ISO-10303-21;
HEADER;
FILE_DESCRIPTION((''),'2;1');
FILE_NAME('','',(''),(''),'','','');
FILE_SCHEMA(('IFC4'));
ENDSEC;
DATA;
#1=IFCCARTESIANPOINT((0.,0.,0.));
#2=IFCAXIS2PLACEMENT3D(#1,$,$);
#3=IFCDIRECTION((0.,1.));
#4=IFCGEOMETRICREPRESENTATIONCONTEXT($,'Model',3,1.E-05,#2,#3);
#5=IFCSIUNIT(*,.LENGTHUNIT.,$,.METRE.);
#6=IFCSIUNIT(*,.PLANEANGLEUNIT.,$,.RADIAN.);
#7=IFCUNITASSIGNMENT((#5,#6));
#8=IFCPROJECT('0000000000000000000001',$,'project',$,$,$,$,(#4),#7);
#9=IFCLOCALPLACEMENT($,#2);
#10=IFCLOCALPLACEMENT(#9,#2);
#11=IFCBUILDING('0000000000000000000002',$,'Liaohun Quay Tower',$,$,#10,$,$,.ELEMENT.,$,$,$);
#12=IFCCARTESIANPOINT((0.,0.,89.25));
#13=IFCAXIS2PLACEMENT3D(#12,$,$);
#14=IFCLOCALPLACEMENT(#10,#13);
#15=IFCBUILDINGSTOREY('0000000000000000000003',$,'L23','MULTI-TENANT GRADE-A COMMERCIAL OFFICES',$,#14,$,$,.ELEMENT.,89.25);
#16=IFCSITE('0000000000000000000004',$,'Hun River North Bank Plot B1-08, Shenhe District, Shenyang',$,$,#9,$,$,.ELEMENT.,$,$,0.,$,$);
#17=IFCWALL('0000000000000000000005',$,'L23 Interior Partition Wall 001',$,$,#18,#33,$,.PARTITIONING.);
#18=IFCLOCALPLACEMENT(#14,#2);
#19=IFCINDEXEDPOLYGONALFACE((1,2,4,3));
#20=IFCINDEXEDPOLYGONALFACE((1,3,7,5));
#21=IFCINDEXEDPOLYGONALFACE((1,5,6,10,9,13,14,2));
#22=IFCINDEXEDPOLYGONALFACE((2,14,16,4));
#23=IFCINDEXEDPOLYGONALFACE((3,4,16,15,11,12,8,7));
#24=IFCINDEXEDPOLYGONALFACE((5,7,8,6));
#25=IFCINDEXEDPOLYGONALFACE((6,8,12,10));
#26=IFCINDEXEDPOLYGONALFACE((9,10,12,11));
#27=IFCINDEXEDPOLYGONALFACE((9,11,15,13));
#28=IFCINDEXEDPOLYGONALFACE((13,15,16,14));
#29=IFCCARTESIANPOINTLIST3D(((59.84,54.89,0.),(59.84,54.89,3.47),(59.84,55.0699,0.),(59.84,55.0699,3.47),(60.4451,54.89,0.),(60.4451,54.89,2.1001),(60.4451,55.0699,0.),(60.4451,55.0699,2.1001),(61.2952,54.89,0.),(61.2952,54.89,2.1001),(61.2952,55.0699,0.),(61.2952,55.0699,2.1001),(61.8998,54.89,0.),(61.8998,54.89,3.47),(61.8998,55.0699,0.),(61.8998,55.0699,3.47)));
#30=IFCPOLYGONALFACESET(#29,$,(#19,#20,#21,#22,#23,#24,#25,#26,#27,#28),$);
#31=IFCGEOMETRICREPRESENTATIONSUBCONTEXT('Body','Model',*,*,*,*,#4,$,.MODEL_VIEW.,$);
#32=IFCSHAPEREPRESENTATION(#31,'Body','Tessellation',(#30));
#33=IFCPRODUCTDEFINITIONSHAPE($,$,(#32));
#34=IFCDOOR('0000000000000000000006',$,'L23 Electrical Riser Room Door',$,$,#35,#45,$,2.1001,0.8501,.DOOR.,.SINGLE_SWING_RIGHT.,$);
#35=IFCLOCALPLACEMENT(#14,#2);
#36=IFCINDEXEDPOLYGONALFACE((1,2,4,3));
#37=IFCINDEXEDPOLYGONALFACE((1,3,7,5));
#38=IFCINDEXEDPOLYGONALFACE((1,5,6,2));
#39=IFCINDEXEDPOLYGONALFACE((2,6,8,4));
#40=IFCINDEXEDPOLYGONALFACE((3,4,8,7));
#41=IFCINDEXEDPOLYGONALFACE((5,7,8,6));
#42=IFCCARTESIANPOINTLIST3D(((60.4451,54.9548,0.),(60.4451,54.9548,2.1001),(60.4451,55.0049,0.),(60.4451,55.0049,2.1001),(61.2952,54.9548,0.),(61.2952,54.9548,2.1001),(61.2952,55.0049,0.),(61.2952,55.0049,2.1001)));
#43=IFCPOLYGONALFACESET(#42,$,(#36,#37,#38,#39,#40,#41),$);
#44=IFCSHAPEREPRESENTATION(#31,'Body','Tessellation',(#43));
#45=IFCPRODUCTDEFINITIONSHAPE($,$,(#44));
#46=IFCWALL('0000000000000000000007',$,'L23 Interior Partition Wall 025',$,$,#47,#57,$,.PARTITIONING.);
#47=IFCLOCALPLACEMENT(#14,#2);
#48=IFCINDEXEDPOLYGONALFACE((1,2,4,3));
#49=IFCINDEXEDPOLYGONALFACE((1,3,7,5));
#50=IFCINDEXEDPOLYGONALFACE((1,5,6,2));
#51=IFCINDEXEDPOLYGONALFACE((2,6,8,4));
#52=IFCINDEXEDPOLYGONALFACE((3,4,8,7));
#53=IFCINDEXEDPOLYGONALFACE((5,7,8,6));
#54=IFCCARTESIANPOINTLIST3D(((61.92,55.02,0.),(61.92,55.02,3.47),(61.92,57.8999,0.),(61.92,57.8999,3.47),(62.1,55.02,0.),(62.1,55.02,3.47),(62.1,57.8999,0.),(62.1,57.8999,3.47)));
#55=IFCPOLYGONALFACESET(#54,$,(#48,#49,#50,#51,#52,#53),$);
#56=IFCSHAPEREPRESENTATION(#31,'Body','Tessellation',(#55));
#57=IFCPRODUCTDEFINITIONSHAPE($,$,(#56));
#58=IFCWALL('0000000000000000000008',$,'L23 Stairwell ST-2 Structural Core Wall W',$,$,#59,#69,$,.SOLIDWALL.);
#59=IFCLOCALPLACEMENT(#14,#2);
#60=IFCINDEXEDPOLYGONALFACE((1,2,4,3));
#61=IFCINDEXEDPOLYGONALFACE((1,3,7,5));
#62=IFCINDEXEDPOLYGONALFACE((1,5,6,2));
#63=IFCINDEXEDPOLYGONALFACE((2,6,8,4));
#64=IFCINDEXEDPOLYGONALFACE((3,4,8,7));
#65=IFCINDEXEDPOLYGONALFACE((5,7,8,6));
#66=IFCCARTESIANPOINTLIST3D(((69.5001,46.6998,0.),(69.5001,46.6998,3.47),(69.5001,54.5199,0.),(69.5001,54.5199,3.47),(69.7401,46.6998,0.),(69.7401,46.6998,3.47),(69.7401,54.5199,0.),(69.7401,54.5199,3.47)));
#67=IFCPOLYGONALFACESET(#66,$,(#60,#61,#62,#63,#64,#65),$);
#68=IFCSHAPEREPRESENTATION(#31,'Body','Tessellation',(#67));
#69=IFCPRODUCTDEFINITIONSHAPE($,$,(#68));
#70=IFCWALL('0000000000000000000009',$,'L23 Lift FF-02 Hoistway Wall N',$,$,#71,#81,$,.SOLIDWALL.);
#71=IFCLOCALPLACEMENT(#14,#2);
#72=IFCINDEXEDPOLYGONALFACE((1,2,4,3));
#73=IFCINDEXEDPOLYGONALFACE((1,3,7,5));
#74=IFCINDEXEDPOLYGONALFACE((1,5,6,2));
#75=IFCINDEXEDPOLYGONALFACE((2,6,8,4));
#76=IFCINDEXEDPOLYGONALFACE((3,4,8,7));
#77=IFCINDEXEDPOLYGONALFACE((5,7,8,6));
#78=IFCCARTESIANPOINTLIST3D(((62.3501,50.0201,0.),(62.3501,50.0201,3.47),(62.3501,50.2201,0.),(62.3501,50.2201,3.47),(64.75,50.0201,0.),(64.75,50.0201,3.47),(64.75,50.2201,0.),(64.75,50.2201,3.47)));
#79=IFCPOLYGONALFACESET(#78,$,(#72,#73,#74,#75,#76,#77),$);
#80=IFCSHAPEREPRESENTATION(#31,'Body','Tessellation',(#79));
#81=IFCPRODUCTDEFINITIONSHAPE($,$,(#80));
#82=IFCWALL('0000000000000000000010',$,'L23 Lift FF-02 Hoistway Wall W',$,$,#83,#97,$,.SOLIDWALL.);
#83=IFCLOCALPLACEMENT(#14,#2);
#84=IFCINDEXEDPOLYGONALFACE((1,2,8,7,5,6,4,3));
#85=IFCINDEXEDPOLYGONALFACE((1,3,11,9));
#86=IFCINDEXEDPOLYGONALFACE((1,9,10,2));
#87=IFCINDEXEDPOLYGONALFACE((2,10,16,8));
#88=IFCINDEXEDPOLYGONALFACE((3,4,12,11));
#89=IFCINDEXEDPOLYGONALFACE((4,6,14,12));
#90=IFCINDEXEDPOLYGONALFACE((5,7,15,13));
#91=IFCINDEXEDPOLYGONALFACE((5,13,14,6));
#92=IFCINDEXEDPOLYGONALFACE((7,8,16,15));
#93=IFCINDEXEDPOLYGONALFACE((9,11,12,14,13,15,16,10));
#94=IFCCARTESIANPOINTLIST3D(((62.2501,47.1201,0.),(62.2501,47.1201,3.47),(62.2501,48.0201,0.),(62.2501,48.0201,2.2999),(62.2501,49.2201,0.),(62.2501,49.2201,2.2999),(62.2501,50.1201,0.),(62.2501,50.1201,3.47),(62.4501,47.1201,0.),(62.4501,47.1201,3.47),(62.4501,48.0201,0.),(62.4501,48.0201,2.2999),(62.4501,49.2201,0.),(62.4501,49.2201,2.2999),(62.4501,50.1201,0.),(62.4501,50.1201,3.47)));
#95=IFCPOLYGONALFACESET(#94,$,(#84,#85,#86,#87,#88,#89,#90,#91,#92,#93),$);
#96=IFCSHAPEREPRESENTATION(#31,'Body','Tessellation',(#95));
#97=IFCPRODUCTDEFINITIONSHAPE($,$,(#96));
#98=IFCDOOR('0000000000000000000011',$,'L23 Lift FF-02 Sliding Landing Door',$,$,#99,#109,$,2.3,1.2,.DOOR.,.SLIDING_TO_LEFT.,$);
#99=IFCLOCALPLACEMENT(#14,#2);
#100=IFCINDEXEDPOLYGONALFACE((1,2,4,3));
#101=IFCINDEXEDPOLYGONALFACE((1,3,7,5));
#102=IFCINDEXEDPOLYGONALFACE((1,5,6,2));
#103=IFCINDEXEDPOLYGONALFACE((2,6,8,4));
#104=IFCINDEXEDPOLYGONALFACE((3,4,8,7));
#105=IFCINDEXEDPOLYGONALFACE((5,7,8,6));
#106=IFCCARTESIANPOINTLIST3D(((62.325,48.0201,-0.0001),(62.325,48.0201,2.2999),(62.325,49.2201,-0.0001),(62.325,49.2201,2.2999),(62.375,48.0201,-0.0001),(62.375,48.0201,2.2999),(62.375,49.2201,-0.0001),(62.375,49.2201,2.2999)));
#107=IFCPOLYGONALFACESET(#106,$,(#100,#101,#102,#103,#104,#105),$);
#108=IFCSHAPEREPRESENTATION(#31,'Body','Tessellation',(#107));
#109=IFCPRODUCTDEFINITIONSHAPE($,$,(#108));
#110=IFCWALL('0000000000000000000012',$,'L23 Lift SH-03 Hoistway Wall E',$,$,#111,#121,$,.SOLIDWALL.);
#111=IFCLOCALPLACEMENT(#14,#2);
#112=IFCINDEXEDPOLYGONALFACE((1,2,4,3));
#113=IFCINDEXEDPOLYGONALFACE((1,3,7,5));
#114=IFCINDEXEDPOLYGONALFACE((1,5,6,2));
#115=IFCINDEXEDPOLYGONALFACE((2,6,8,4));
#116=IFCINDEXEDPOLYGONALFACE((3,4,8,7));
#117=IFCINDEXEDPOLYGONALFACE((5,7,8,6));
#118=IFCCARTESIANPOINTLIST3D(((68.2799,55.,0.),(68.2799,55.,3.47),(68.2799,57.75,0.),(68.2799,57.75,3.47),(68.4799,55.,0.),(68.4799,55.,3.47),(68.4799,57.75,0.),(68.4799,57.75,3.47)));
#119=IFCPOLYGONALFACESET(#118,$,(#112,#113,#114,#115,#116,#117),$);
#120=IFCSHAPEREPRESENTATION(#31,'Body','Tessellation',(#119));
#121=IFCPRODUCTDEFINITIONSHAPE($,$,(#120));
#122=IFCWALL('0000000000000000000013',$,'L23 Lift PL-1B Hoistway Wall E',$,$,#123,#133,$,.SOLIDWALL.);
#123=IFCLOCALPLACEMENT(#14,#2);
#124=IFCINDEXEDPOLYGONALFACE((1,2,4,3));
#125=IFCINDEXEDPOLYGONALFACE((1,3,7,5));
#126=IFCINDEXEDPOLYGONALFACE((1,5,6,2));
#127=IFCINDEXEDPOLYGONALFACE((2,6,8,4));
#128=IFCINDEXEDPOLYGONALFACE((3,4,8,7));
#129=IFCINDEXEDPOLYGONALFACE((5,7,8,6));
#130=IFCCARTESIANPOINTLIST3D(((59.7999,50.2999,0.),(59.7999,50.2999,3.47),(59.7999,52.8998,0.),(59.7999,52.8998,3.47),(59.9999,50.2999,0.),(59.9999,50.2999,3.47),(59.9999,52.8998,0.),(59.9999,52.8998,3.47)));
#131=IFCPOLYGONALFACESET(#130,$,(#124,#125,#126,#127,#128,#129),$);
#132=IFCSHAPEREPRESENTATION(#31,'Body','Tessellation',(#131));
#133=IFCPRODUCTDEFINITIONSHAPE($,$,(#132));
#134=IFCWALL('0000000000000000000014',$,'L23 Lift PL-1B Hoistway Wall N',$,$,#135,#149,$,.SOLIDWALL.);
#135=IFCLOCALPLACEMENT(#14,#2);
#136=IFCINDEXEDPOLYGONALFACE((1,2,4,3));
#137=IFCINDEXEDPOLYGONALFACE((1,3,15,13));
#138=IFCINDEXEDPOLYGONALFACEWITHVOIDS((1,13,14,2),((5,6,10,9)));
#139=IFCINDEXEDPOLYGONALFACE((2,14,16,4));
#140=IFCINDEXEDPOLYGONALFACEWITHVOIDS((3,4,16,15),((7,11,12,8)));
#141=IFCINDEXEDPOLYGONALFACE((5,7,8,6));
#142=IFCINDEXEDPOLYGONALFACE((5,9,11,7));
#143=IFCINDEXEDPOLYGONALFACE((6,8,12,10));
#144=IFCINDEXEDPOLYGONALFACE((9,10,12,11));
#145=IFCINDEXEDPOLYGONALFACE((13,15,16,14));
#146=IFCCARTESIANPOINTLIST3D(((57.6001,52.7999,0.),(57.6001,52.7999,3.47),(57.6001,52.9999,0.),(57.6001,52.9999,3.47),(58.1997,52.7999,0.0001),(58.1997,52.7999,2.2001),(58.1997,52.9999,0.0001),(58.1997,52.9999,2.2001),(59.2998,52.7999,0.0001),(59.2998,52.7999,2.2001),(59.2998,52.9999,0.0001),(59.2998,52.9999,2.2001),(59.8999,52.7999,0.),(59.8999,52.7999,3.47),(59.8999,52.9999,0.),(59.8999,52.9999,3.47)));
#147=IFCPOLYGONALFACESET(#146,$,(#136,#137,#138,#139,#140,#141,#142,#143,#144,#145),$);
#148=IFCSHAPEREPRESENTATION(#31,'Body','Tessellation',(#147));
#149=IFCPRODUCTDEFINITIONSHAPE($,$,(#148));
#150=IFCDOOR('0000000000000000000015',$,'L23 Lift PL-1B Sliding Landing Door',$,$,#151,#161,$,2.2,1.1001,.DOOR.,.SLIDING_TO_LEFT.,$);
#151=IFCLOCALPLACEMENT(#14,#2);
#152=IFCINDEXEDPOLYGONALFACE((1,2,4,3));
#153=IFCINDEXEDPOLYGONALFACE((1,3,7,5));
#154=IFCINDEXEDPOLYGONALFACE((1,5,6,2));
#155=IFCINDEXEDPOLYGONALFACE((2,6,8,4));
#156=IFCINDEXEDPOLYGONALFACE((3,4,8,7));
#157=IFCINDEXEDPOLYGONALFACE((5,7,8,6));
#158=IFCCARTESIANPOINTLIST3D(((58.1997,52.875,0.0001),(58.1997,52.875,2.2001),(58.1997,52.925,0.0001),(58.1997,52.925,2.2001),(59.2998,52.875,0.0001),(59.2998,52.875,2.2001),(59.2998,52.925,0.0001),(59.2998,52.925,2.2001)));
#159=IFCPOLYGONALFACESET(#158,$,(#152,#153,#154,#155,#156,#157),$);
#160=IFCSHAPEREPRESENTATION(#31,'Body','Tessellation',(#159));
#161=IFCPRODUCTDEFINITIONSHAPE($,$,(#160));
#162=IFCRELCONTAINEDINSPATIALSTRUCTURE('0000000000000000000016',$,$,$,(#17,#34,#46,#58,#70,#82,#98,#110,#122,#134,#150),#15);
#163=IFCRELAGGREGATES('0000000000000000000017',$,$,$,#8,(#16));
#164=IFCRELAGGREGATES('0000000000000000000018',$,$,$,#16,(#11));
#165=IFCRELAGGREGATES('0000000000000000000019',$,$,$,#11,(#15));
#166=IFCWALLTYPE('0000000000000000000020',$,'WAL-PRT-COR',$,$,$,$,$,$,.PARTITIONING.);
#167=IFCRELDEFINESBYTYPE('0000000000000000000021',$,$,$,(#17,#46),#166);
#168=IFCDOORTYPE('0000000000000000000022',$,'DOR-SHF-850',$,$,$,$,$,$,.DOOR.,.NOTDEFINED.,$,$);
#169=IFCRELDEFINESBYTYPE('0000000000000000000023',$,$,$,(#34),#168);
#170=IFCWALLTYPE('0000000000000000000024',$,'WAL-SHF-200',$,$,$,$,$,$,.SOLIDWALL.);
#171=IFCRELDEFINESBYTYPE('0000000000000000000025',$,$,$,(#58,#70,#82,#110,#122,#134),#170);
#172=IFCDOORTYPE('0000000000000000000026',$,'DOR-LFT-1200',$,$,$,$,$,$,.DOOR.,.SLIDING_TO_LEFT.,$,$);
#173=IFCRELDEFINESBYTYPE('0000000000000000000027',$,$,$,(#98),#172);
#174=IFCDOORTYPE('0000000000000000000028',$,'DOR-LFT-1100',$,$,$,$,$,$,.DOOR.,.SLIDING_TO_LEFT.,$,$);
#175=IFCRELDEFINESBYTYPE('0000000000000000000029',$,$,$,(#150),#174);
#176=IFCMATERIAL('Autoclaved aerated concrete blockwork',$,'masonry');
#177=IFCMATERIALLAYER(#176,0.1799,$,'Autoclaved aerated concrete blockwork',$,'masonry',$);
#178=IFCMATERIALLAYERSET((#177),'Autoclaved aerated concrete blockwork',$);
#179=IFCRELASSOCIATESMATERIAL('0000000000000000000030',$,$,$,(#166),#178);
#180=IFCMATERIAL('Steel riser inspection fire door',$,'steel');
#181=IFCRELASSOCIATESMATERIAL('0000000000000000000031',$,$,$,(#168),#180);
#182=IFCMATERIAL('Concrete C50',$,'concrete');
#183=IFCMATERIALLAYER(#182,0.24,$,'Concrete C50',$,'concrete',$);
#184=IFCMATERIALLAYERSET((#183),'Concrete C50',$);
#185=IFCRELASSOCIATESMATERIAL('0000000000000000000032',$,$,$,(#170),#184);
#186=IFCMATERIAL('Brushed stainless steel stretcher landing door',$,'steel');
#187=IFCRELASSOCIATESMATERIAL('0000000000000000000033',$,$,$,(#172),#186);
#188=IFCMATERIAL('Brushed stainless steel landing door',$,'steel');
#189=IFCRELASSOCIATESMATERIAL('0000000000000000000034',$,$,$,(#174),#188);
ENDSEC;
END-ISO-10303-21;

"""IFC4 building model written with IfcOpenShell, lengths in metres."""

from ifc_helpers import new_model, si_unit, direction, frame, frame_2d, origin, place, context, subcontext, project, spatial, rectangle, extrude, source, transform, mapped, material, layer, layer_set, type_object, element, fill, save


model = new_model("IFC4")

# Units and contexts
model_context = context("Model", 3, precision=1e-05, world=origin(), true_north=direction((0.0, 1.0)))
body_context = subcontext(model_context, "Body", "Model", "MODEL_VIEW")
ifc_project = project(units=[si_unit("LENGTHUNIT", "METRE"), si_unit("PLANEANGLEUNIT", "RADIAN")], contexts=[model_context])

# Site, building, storey
site_placement = place(None, origin())
site = spatial("IfcSite", under=ifc_project, at=site_placement, Name="Hun River North Bank Plot B1-08, Shenhe District, Shenyang", CompositionType="ELEMENT", RefElevation=0.0)
building_placement = place(site_placement, origin())
building = spatial("IfcBuilding", under=site, at=building_placement, Name="Liaohun Quay Tower", CompositionType="ELEMENT")
storey_placement = place(building_placement, frame((0.0, 0.0, 89.25)))
storey = spatial("IfcBuildingStorey", under=building, at=storey_placement, Name="L23", Description="MULTI-TENANT GRADE-A COMMERCIAL OFFICES", CompositionType="ELEMENT", Elevation=89.25)

# Wall, opening, door
ifc_material_1 = material(Name="Autoclaved aerated concrete blockwork", Category="masonry")
ifc_layer_1 = layer(ifc_material_1, 0.1799, Name="Autoclaved aerated concrete blockwork", Category="masonry")
ifc_layer_set_1 = layer_set([ifc_layer_1], Name="Autoclaved aerated concrete blockwork")
wall_type_1 = type_object("IfcWallType", Name="WAL-PRT-COR", PredefinedType="PARTITIONING", material=ifc_layer_set_1)
wall_1_placement = place(storey_placement, frame((59.8401, 54.98, 0.0), z_axis=(0.0, 0.0, 1.0), x_axis=(1.0, 0.0, 0.0)))
wall_1 = element("IfcWall", 1, at=wall_1_placement, inside=storey, type_object=wall_type_1, Name="L23 Interior Partition Wall 001", PredefinedType="PARTITIONING", context=body_context, shape_type="SweptSolid", body=[
    extrude(rectangle(XDim=2.0598, YDim=0.1799, at=frame_2d((1.0298, 0.0))), origin(), (0.0, 0.0, 1.0), 3.47),
])
shared_shape_1 = source(origin(), body_context, "Body", "SweptSolid", [
    extrude(rectangle(XDim=0.8501, YDim=2.1001, at=frame_2d((0.425, 1.05))), frame((0.0, 0.0999, 0.0), z_axis=(0.0, -1.0, 0.0), x_axis=(1.0, 0.0, 0.0)), (0.0, 0.0, 1.0), 0.2),
])
opening_1_placement = place(wall_1_placement, frame((0.605, 0.0, 0.0)))
opening_1 = element("IfcOpeningElement", 2, at=opening_1_placement, cuts=wall_1, PredefinedType="OPENING", context=body_context, shape_type="MappedRepresentation", body=[
    mapped(shared_shape_1, transform((0.0, 0.0, 0.0), x_axis=(1.0, 0.0, 0.0), y_axis=(0.0, 1.0, 0.0), z_axis=(0.0, 0.0, 1.0), scale=1.0)),
])
ifc_material_2 = material(Name="Steel riser inspection fire door", Category="steel")
door_type_1 = type_object("IfcDoorType", Name="DOR-SHF-850", OperationType="NOTDEFINED", PredefinedType="DOOR", material=ifc_material_2)
shared_shape_2 = source(origin(), body_context, "Body", "SweptSolid", [
    extrude(rectangle(XDim=0.8501, YDim=2.1001, at=frame_2d((0.425, 1.05))), frame((0.0, 0.0249, 0.0), z_axis=(0.0, -1.0, 0.0), x_axis=(1.0, 0.0, 0.0)), (0.0, 0.0, 1.0), 0.05),
])
door_1_placement = place(opening_1_placement, origin())
door_1 = element("IfcDoor", 3, at=door_1_placement, inside=storey, type_object=door_type_1, Name="L23 Electrical Riser Room Door", OperationType="SINGLE_SWING_RIGHT", OverallHeight=2.1001, OverallWidth=0.8501, PredefinedType="DOOR", context=body_context, shape_type="MappedRepresentation", body=[
    mapped(shared_shape_2, transform((0.0, 0.0, 0.0), x_axis=(1.0, 0.0, 0.0), y_axis=(0.0, 1.0, 0.0), z_axis=(0.0, 0.0, 1.0), scale=1.0)),
])
fill(opening_1, door_1)

# Walls
wall_2_placement = place(storey_placement, frame((62.01, 55.02, 0.0), z_axis=(0.0, 0.0, 1.0), x_axis=(0.0, 1.0, 0.0)))
element("IfcWall", 4, at=wall_2_placement, inside=storey, type_object=wall_type_1, Name="L23 Interior Partition Wall 025", PredefinedType="PARTITIONING", context=body_context, shape_type="SweptSolid", body=[
    extrude(rectangle(XDim=2.8799, YDim=0.1799, at=frame_2d((1.4399, 0.0))), origin(), (0.0, 0.0, 1.0), 3.47),
])
ifc_material_3 = material(Name="Concrete C50", Category="concrete")
ifc_layer_2 = layer(ifc_material_3, 0.24, Name="Concrete C50", Category="concrete")
ifc_layer_set_2 = layer_set([ifc_layer_2], Name="Concrete C50")
wall_type_2 = type_object("IfcWallType", Name="WAL-SHF-200", PredefinedType="SOLIDWALL", material=ifc_layer_set_2)
wall_3_placement = place(storey_placement, frame((69.6201, 54.52, 0.0), z_axis=(0.0, 0.0, 1.0), x_axis=(0.0, -1.0, 0.0)))
element("IfcWall", 5, at=wall_3_placement, inside=storey, type_object=wall_type_2, Name="L23 Stairwell ST-2 Structural Core Wall W", PredefinedType="SOLIDWALL", context=body_context, shape_type="SweptSolid", body=[
    extrude(rectangle(XDim=7.8201, YDim=0.24, at=frame_2d((3.9102, 0.0))), origin(), (0.0, 0.0, 1.0), 3.47),
])
wall_4_placement = place(storey_placement, frame((64.75, 50.1201, 0.0), z_axis=(0.0, 0.0, 1.0), x_axis=(-1.0, 0.0, 0.0)))
element("IfcWall", 6, at=wall_4_placement, inside=storey, type_object=wall_type_2, Name="L23 Lift FF-02 Hoistway Wall N", PredefinedType="SOLIDWALL", context=body_context, shape_type="SweptSolid", body=[
    extrude(rectangle(XDim=2.3999, YDim=0.2, at=frame_2d((1.2, 0.0))), origin(), (0.0, 0.0, 1.0), 3.47),
])

# Wall, opening, door
wall_5_placement = place(storey_placement, frame((62.3501, 50.1201, 0.0), z_axis=(0.0, 0.0, 1.0), x_axis=(0.0, -1.0, 0.0)))
wall_5 = element("IfcWall", 7, at=wall_5_placement, inside=storey, type_object=wall_type_2, Name="L23 Lift FF-02 Hoistway Wall W", PredefinedType="SOLIDWALL", context=body_context, shape_type="SweptSolid", body=[
    extrude(rectangle(XDim=3.0, YDim=0.2, at=frame_2d((1.5, 0.0))), origin(), (0.0, 0.0, 1.0), 3.47),
])
shared_shape_3 = source(origin(), body_context, "Body", "SweptSolid", [
    extrude(rectangle(XDim=1.2, YDim=2.3, at=frame_2d((0.6001, 1.1499))), frame((0.0, 0.1099, 0.0), z_axis=(0.0, -1.0, 0.0), x_axis=(1.0, 0.0, 0.0)), (0.0, 0.0, 1.0), 0.22),
])
opening_2_placement = place(wall_5_placement, frame((0.8999, 0.0, 0.0)))
opening_2 = element("IfcOpeningElement", 8, at=opening_2_placement, cuts=wall_5, PredefinedType="OPENING", context=body_context, shape_type="MappedRepresentation", body=[
    mapped(shared_shape_3, transform((0.0, 0.0, 0.0), x_axis=(1.0, 0.0, 0.0), y_axis=(0.0, 1.0, 0.0), z_axis=(0.0, 0.0, 1.0), scale=1.0)),
])
ifc_material_4 = material(Name="Brushed stainless steel stretcher landing door", Category="steel")
door_type_2 = type_object("IfcDoorType", Name="DOR-LFT-1200", OperationType="SLIDING_TO_LEFT", PredefinedType="DOOR", material=ifc_material_4)
shared_shape_4 = source(origin(), body_context, "Body", "SweptSolid", [
    extrude(rectangle(XDim=1.2, YDim=2.3, at=frame_2d((0.6001, 1.1499))), frame((0.0, 0.0249, 0.0), z_axis=(0.0, -1.0, 0.0), x_axis=(1.0, 0.0, 0.0)), (0.0, 0.0, 1.0), 0.05),
])
door_2_placement = place(opening_2_placement, origin())
door_2 = element("IfcDoor", 9, at=door_2_placement, inside=storey, type_object=door_type_2, Name="L23 Lift FF-02 Sliding Landing Door", OperationType="SLIDING_TO_LEFT", OverallHeight=2.3, OverallWidth=1.2, PredefinedType="DOOR", context=body_context, shape_type="MappedRepresentation", body=[
    mapped(shared_shape_4, transform((0.0, 0.0, 0.0), x_axis=(1.0, 0.0, 0.0), y_axis=(0.0, 1.0, 0.0), z_axis=(0.0, 0.0, 1.0), scale=1.0)),
])
fill(opening_2, door_2)

# Walls
wall_6_placement = place(storey_placement, frame((68.3799, 55.0, 0.0), z_axis=(0.0, 0.0, 1.0), x_axis=(0.0, 1.0, 0.0)))
element("IfcWall", 10, at=wall_6_placement, inside=storey, type_object=wall_type_2, Name="L23 Lift SH-03 Hoistway Wall E", PredefinedType="SOLIDWALL", context=body_context, shape_type="SweptSolid", body=[
    extrude(rectangle(XDim=2.75, YDim=0.2, at=frame_2d((1.375, 0.0))), origin(), (0.0, 0.0, 1.0), 3.47),
])
wall_7_placement = place(storey_placement, frame((59.8999, 50.3, 0.0), z_axis=(0.0, 0.0, 1.0), x_axis=(0.0, 1.0, 0.0)))
element("IfcWall", 11, at=wall_7_placement, inside=storey, type_object=wall_type_2, Name="L23 Lift PL-1B Hoistway Wall E", PredefinedType="SOLIDWALL", context=body_context, shape_type="SweptSolid", body=[
    extrude(rectangle(XDim=2.5999, YDim=0.2, at=frame_2d((1.2998, 0.0))), origin(), (0.0, 0.0, 1.0), 3.47),
])

# Wall, opening, door
wall_8_placement = place(storey_placement, frame((59.8999, 52.8999, 0.0), z_axis=(0.0, 0.0, 1.0), x_axis=(-1.0, 0.0, 0.0)))
wall_8 = element("IfcWall", 12, at=wall_8_placement, inside=storey, type_object=wall_type_2, Name="L23 Lift PL-1B Hoistway Wall N", PredefinedType="SOLIDWALL", context=body_context, shape_type="SweptSolid", body=[
    extrude(rectangle(XDim=2.2998, YDim=0.2, at=frame_2d((1.1499, 0.0))), origin(), (0.0, 0.0, 1.0), 3.47),
])
shared_shape_5 = source(origin(), body_context, "Body", "SweptSolid", [
    extrude(rectangle(XDim=1.1001, YDim=2.2, at=frame_2d((0.55, 1.1001))), frame((0.0, 0.1099, 0.0), z_axis=(0.0, -1.0, 0.0), x_axis=(1.0, 0.0, 0.0)), (0.0, 0.0, 1.0), 0.22),
])
opening_3_placement = place(wall_8_placement, frame((0.6001, 0.0, 0.0)))
opening_3 = element("IfcOpeningElement", 13, at=opening_3_placement, cuts=wall_8, PredefinedType="OPENING", context=body_context, shape_type="MappedRepresentation", body=[
    mapped(shared_shape_5, transform((0.0, 0.0, 0.0), x_axis=(1.0, 0.0, 0.0), y_axis=(0.0, 1.0, 0.0), z_axis=(0.0, 0.0, 1.0), scale=1.0)),
])
ifc_material_5 = material(Name="Brushed stainless steel landing door", Category="steel")
door_type_3 = type_object("IfcDoorType", Name="DOR-LFT-1100", OperationType="SLIDING_TO_LEFT", PredefinedType="DOOR", material=ifc_material_5)
shared_shape_6 = source(origin(), body_context, "Body", "SweptSolid", [
    extrude(rectangle(XDim=1.1001, YDim=2.2, at=frame_2d((0.55, 1.1001))), frame((0.0, 0.0249, 0.0), z_axis=(0.0, -1.0, 0.0), x_axis=(1.0, 0.0, 0.0)), (0.0, 0.0, 1.0), 0.05),
])
door_3_placement = place(opening_3_placement, origin())
door_3 = element("IfcDoor", 14, at=door_3_placement, inside=storey, type_object=door_type_3, Name="L23 Lift PL-1B Sliding Landing Door", OperationType="SLIDING_TO_LEFT", OverallHeight=2.2, OverallWidth=1.1001, PredefinedType="DOOR", context=body_context, shape_type="MappedRepresentation", body=[
    mapped(shared_shape_6, transform((0.0, 0.0, 0.0), x_axis=(1.0, 0.0, 0.0), y_axis=(0.0, 1.0, 0.0), z_axis=(0.0, 0.0, 1.0), scale=1.0)),
])
fill(opening_3, door_3)

save(model, "model.ifc")
